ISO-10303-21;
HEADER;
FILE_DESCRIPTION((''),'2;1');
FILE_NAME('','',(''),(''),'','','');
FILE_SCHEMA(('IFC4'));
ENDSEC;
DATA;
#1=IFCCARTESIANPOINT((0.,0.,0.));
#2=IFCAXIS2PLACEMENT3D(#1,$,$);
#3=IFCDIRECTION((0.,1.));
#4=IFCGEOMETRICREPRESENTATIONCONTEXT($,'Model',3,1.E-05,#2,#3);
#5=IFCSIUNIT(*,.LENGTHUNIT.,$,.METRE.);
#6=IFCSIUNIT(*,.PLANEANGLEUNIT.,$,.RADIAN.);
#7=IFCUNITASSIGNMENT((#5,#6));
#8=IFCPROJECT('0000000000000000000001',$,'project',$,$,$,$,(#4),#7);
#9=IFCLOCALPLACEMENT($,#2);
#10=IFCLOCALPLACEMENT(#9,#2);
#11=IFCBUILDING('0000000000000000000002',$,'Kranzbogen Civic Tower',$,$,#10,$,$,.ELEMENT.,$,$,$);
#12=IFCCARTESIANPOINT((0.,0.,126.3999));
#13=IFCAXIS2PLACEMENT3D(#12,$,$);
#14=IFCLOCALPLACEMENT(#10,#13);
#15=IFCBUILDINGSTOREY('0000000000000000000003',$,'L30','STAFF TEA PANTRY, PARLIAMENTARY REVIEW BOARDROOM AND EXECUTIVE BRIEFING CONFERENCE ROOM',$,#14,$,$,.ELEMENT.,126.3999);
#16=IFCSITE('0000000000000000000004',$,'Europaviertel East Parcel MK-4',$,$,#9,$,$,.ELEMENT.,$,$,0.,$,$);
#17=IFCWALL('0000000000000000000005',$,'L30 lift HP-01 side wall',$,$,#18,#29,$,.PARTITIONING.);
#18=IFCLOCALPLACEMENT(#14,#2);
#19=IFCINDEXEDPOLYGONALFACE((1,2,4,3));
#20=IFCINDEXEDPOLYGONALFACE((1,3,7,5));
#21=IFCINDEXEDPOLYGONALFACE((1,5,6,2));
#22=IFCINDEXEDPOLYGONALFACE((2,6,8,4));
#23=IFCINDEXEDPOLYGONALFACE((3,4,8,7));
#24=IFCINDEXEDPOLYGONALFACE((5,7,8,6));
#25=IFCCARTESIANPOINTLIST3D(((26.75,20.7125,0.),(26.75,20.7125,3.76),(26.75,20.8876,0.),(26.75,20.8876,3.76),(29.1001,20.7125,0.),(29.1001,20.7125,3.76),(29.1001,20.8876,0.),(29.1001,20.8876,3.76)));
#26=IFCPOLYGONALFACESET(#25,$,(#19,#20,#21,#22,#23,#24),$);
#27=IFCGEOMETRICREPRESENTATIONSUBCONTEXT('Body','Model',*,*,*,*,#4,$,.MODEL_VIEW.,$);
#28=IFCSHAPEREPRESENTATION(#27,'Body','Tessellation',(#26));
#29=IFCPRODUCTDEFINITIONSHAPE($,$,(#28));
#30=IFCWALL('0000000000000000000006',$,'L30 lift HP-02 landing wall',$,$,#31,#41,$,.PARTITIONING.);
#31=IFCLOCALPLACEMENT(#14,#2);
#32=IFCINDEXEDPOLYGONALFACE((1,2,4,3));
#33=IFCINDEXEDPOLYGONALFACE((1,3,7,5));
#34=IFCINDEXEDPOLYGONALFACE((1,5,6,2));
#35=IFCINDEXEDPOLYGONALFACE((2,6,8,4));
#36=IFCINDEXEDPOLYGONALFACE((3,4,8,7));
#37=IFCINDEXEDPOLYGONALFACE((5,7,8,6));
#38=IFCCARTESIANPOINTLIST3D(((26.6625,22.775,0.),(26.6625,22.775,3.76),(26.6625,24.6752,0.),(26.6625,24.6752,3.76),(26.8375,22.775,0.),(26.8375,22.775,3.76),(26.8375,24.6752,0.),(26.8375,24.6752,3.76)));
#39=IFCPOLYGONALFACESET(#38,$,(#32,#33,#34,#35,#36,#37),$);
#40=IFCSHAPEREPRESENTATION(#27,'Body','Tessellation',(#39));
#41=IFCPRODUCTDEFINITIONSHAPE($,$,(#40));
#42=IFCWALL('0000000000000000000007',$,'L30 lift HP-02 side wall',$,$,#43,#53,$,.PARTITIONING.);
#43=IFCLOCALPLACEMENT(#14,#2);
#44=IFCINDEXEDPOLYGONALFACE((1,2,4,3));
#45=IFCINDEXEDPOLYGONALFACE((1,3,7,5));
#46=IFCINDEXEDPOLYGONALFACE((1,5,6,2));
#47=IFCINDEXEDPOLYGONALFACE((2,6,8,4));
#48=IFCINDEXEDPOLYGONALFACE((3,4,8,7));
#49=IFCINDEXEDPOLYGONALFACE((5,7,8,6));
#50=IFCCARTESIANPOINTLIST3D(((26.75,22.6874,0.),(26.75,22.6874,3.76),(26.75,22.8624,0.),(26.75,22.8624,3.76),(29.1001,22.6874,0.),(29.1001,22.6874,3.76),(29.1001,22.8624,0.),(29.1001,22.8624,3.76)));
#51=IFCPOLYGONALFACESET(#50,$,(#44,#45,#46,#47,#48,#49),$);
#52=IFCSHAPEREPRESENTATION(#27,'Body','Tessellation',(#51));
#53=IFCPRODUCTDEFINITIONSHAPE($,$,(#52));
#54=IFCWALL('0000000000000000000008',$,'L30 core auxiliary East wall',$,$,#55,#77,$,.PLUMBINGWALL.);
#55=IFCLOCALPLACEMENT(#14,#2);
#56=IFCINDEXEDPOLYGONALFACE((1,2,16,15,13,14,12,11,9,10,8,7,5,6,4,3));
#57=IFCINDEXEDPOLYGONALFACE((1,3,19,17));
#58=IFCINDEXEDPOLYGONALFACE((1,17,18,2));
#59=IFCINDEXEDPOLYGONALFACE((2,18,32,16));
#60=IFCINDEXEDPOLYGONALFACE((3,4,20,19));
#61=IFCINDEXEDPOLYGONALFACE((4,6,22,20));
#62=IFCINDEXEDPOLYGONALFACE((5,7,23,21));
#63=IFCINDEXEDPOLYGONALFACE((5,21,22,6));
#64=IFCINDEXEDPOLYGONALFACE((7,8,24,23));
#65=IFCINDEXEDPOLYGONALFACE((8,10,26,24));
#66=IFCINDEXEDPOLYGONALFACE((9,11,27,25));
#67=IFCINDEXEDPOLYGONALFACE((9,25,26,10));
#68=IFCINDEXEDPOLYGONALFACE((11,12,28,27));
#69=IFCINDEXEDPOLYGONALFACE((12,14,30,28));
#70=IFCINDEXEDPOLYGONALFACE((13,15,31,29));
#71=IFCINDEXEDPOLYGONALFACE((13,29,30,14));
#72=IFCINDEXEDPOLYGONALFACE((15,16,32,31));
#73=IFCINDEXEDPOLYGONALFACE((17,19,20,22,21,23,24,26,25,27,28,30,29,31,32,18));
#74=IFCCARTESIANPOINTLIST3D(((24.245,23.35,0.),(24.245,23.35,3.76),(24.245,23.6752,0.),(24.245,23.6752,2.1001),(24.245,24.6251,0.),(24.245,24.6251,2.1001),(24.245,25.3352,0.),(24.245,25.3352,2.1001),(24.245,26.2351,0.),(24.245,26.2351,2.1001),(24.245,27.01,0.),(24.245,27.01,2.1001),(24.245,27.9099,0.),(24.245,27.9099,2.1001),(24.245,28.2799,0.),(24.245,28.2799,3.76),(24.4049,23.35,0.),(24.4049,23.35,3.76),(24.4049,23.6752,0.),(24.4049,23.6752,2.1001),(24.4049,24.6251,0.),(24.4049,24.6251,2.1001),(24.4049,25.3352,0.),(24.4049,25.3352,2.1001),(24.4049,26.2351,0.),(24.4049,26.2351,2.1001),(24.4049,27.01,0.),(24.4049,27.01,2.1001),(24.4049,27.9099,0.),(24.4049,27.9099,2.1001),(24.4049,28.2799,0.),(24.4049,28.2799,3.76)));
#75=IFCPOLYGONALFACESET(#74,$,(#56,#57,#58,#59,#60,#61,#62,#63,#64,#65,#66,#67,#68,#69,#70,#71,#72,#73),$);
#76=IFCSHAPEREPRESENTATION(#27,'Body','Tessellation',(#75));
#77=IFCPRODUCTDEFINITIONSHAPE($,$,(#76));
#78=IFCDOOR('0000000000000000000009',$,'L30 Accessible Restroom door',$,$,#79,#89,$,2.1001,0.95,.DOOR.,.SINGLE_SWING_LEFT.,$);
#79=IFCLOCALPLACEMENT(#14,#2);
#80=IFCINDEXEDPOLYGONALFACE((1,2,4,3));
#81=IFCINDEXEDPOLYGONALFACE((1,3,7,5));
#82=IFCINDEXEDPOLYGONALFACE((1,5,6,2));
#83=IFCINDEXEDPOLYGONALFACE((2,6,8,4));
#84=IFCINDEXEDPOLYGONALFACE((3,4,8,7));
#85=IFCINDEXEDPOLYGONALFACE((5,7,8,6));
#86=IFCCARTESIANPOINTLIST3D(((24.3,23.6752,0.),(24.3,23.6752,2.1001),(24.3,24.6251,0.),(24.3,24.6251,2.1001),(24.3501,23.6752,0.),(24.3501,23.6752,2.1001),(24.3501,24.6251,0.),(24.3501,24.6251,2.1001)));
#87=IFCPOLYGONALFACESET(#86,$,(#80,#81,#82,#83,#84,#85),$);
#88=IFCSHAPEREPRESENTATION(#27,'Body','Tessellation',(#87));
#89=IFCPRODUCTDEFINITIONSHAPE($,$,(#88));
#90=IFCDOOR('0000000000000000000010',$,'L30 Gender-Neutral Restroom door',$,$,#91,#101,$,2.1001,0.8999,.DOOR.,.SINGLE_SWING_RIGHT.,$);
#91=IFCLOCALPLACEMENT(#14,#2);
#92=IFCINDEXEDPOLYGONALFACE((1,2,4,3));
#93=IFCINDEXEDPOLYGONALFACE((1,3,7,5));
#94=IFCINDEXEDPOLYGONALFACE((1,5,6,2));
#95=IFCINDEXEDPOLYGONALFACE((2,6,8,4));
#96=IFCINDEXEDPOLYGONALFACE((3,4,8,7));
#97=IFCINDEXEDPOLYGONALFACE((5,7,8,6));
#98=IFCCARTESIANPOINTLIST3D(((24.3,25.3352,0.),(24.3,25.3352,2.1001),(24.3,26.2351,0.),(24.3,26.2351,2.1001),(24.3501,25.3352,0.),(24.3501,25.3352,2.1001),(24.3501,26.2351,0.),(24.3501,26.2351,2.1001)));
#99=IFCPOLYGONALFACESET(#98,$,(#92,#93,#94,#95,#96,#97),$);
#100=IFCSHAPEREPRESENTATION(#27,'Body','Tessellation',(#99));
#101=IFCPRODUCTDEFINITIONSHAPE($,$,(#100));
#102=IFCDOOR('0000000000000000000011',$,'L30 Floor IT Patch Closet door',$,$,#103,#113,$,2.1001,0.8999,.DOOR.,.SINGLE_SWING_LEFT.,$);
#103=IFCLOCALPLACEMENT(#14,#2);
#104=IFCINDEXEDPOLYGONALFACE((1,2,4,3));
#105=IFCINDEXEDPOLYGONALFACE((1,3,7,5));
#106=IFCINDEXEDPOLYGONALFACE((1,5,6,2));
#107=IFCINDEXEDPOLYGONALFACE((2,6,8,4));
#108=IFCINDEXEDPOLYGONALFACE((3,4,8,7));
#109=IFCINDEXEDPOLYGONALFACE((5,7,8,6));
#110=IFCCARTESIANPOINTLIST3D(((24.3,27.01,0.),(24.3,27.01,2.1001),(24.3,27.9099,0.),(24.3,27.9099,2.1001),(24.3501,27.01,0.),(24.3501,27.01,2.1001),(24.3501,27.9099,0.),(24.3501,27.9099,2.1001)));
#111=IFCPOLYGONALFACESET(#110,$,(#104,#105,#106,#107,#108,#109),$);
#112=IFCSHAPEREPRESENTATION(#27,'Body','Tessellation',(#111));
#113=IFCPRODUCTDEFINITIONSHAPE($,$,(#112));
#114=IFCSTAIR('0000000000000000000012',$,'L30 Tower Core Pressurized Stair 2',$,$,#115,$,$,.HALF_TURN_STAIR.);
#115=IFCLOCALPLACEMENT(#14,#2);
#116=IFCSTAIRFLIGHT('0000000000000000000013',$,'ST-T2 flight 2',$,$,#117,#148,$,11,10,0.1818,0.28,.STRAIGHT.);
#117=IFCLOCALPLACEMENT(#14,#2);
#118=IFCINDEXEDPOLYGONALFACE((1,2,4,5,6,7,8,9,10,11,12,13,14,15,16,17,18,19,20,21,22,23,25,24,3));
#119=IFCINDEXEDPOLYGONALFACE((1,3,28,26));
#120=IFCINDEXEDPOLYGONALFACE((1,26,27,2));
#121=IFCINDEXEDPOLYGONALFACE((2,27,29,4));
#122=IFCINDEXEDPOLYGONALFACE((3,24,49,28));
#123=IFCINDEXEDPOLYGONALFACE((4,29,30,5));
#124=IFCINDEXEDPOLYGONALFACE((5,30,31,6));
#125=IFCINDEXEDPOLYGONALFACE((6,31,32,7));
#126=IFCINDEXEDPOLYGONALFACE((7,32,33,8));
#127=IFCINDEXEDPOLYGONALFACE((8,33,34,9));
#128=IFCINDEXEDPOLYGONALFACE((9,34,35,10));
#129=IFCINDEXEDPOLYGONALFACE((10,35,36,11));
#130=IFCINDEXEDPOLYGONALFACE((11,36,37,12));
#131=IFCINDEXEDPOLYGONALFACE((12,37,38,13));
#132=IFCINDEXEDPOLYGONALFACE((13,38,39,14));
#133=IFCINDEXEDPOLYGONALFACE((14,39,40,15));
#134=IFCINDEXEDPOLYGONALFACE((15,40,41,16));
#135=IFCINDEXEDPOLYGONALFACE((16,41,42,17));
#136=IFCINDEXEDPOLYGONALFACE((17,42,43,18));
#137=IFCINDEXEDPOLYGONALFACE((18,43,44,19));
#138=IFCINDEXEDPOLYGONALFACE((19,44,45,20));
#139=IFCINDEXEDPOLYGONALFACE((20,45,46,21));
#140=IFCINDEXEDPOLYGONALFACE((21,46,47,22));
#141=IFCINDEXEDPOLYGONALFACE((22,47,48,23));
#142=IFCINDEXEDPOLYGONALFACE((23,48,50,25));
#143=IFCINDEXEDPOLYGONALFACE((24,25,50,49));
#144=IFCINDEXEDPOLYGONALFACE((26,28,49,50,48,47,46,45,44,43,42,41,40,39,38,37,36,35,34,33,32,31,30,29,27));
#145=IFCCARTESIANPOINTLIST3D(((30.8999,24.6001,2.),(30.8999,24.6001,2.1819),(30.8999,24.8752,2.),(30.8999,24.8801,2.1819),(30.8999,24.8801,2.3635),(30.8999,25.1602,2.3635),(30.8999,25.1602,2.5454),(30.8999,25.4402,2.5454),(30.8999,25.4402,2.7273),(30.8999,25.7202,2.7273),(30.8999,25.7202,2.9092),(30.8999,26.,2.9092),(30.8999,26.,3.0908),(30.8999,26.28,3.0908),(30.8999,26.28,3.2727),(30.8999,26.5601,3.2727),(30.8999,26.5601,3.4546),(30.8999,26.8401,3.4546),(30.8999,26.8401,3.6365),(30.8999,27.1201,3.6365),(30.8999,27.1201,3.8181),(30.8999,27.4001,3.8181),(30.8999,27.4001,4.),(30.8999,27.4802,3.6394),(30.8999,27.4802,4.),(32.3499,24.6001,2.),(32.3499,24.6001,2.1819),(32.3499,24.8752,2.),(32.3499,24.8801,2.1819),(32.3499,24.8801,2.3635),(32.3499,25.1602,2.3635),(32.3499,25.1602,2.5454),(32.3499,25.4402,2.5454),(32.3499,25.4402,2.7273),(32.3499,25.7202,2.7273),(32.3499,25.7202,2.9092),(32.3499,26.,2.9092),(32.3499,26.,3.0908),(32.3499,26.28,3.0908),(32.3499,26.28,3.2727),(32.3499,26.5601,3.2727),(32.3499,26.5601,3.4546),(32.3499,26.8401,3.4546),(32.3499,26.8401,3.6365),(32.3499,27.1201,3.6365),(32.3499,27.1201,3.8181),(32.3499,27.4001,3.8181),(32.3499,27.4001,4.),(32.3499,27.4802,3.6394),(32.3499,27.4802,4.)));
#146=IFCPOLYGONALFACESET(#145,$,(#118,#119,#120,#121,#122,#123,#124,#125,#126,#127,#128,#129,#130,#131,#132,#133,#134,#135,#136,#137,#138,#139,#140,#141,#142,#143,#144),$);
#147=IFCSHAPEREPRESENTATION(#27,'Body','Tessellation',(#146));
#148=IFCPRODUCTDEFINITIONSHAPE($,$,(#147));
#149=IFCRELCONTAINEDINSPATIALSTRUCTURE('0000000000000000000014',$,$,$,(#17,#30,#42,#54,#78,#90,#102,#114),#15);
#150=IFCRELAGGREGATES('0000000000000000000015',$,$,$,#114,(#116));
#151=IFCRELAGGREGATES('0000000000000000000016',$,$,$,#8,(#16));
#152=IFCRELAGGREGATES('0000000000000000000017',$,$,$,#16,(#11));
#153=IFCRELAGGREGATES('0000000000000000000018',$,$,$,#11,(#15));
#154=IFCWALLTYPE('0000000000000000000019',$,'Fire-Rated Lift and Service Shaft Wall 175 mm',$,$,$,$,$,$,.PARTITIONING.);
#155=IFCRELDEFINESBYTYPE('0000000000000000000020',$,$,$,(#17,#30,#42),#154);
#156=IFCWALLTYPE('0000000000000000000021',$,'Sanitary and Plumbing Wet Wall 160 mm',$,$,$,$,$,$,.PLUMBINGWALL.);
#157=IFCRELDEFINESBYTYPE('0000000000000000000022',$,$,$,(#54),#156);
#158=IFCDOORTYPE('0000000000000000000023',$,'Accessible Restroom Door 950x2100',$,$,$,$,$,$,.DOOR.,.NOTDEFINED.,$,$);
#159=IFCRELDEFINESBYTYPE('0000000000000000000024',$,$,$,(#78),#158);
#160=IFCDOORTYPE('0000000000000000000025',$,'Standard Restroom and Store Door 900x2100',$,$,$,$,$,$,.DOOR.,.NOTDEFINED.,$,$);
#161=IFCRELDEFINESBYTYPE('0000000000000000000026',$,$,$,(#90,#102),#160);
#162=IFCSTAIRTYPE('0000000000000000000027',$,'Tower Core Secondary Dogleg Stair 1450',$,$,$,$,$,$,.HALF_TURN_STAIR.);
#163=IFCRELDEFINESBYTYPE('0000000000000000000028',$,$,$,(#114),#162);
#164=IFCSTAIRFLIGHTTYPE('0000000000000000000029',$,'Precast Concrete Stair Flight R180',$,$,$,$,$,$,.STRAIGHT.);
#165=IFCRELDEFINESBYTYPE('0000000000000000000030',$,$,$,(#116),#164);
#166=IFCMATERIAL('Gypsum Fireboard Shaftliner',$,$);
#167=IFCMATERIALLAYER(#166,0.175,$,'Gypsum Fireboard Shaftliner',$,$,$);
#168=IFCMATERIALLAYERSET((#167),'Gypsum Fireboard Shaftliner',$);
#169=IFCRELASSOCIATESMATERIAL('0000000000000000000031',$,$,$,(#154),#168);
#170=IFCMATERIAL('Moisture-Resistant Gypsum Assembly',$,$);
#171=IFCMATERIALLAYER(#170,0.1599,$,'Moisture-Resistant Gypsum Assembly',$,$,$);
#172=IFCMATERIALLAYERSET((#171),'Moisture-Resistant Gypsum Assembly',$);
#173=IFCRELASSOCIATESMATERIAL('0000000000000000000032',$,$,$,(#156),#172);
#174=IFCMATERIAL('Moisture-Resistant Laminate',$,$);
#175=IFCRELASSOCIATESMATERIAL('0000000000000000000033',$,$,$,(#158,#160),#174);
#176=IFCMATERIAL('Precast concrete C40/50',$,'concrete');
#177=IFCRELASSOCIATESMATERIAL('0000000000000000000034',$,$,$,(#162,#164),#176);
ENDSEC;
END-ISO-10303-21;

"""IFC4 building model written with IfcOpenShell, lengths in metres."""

from ifc_helpers import new_model, si_unit, direction, frame, frame_2d, origin, place, context, subcontext, project, spatial, polyline, rectangle, outline, extrude, material, layer, layer_set, type_object, element, fill, aggregate, save


model = new_model("IFC4")

# Units and contexts
model_context = context("Model", 3, precision=1e-05, world=origin(), true_north=direction((0.0, 1.0)))
body_context = subcontext(model_context, "Body", "Model", "MODEL_VIEW")
ifc_project = project(units=[si_unit("LENGTHUNIT", "METRE"), si_unit("PLANEANGLEUNIT", "RADIAN")], contexts=[model_context])

# Site, building, storey
site_placement = place(None, origin())
site = spatial("IfcSite", under=ifc_project, at=site_placement, Name="Europaviertel East Parcel MK-4", CompositionType="ELEMENT", RefElevation=0.0)
building_placement = place(site_placement, origin())
building = spatial("IfcBuilding", under=site, at=building_placement, Name="Kranzbogen Civic Tower", CompositionType="ELEMENT")
storey_placement = place(building_placement, frame((0.0, 0.0, 126.3999)))
storey = spatial("IfcBuildingStorey", under=building, at=storey_placement, Name="L30", Description="STAFF TEA PANTRY, PARLIAMENTARY REVIEW BOARDROOM AND EXECUTIVE BRIEFING CONFERENCE ROOM", CompositionType="ELEMENT", Elevation=126.3999)

# Walls
ifc_material_1 = material(Name="Gypsum Fireboard Shaftliner")
ifc_layer_1 = layer(ifc_material_1, 0.175, Name="Gypsum Fireboard Shaftliner")
ifc_layer_set_1 = layer_set([ifc_layer_1], Name="Gypsum Fireboard Shaftliner")
wall_type_1 = type_object("IfcWallType", Name="Fire-Rated Lift and Service Shaft Wall 175 mm", PredefinedType="PARTITIONING", material=ifc_layer_set_1)
wall_1_placement = place(storey_placement, frame((26.75, 20.8, 0.0), z_axis=(0.0, 0.0, 1.0), x_axis=(1.0, 0.0, 0.0)))
element("IfcWall", 1, at=wall_1_placement, inside=storey, type_object=wall_type_1, Name="L30 lift HP-01 side wall", PredefinedType="PARTITIONING", context=body_context, shape_type="SweptSolid", body=[
    extrude(rectangle(XDim=2.3501, YDim=0.175, at=frame_2d((1.175, 0.0))), origin(), (0.0, 0.0, 1.0), 3.76),
])
wall_2_placement = place(storey_placement, frame((26.75, 22.7749, 0.0), z_axis=(0.0, 0.0, 1.0), x_axis=(0.0, 1.0, 0.0)))
element("IfcWall", 2, at=wall_2_placement, inside=storey, type_object=wall_type_1, Name="L30 lift HP-02 landing wall", PredefinedType="PARTITIONING", context=body_context, shape_type="SweptSolid", body=[
    extrude(rectangle(XDim=1.9001, YDim=0.175, at=frame_2d((0.9502, 0.0))), origin(), (0.0, 0.0, 1.0), 3.76),
])
wall_3_placement = place(storey_placement, frame((26.75, 22.7749, 0.0), z_axis=(0.0, 0.0, 1.0), x_axis=(1.0, 0.0, 0.0)))
element("IfcWall", 3, at=wall_3_placement, inside=storey, type_object=wall_type_1, Name="L30 lift HP-02 side wall", PredefinedType="PARTITIONING", context=body_context, shape_type="SweptSolid", body=[
    extrude(rectangle(XDim=2.3501, YDim=0.175, at=frame_2d((1.175, 0.0))), origin(), (0.0, 0.0, 1.0), 3.76),
])

# Wall, openings, doors
ifc_material_2 = material(Name="Moisture-Resistant Gypsum Assembly")
ifc_layer_2 = layer(ifc_material_2, 0.1599, Name="Moisture-Resistant Gypsum Assembly")
ifc_layer_set_2 = layer_set([ifc_layer_2], Name="Moisture-Resistant Gypsum Assembly")
wall_type_2 = type_object("IfcWallType", Name="Sanitary and Plumbing Wet Wall 160 mm", PredefinedType="PLUMBINGWALL", material=ifc_layer_set_2)
wall_4_placement = place(storey_placement, frame((24.325, 23.3501, 0.0), z_axis=(0.0, 0.0, 1.0), x_axis=(0.0, 1.0, 0.0)))
wall_4 = element("IfcWall", 4, at=wall_4_placement, inside=storey, type_object=wall_type_2, Name="L30 core auxiliary East wall", PredefinedType="PLUMBINGWALL", context=body_context, shape_type="SweptSolid", body=[
    extrude(rectangle(XDim=4.9299, YDim=0.1599, at=frame_2d((2.4648, 0.0))), origin(), (0.0, 0.0, 1.0), 3.76),
])
opening_1_placement = place(wall_4_placement, frame((0.325, 0.0, 0.0)))
opening_1 = element("IfcOpeningElement", 5, at=opening_1_placement, cuts=wall_4, PredefinedType="OPENING", context=body_context, shape_type="SweptSolid", body=[
    extrude(rectangle(XDim=0.95, YDim=2.1001, at=frame_2d((0.4751, 1.05))), frame((0.0, 0.0898, 0.0), z_axis=(0.0, -1.0, 0.0), x_axis=(1.0, 0.0, 0.0)), (0.0, 0.0, 1.0), 0.1799),
])
opening_2_placement = place(wall_4_placement, frame((1.9851, 0.0, 0.0)))
opening_2 = element("IfcOpeningElement", 6, at=opening_2_placement, cuts=wall_4, PredefinedType="OPENING", context=body_context, shape_type="SweptSolid", body=[
    extrude(rectangle(XDim=0.8999, YDim=2.1001, at=frame_2d((0.45, 1.05))), frame((0.0, 0.0898, 0.0), z_axis=(0.0, -1.0, 0.0), x_axis=(1.0, 0.0, 0.0)), (0.0, 0.0, 1.0), 0.1799),
])
opening_3_placement = place(wall_4_placement, frame((3.6599, 0.0, 0.0)))
opening_3 = element("IfcOpeningElement", 7, at=opening_3_placement, cuts=wall_4, PredefinedType="OPENING", context=body_context, shape_type="SweptSolid", body=[
    extrude(rectangle(XDim=0.8999, YDim=2.1001, at=frame_2d((0.45, 1.05))), frame((0.0, 0.0898, 0.0), z_axis=(0.0, -1.0, 0.0), x_axis=(1.0, 0.0, 0.0)), (0.0, 0.0, 1.0), 0.1799),
])
ifc_material_3 = material(Name="Moisture-Resistant Laminate")
door_type_1 = type_object("IfcDoorType", Name="Accessible Restroom Door 950x2100", OperationType="NOTDEFINED", PredefinedType="DOOR", material=ifc_material_3)
door_1_placement = place(opening_1_placement, origin())
door_1 = element("IfcDoor", 8, at=door_1_placement, inside=storey, type_object=door_type_1, Name="L30 Accessible Restroom door", OperationType="SINGLE_SWING_LEFT", OverallHeight=2.1001, OverallWidth=0.95, PredefinedType="DOOR", context=body_context, shape_type="SweptSolid", body=[
    extrude(rectangle(XDim=0.95, YDim=2.1001, at=frame_2d((0.4751, 1.05))), frame((0.0, 0.0249, 0.0), z_axis=(0.0, -1.0, 0.0), x_axis=(1.0, 0.0, 0.0)), (0.0, 0.0, 1.0), 0.05),
])
fill(opening_1, door_1)
door_type_2 = type_object("IfcDoorType", Name="Standard Restroom and Store Door 900x2100", OperationType="NOTDEFINED", PredefinedType="DOOR", material=ifc_material_3)
door_2_placement = place(opening_2_placement, origin())
door_2 = element("IfcDoor", 9, at=door_2_placement, inside=storey, type_object=door_type_2, Name="L30 Gender-Neutral Restroom door", OperationType="SINGLE_SWING_RIGHT", OverallHeight=2.1001, OverallWidth=0.8999, PredefinedType="DOOR", context=body_context, shape_type="SweptSolid", body=[
    extrude(rectangle(XDim=0.8999, YDim=2.1001, at=frame_2d((0.45, 1.05))), frame((0.0, 0.0249, 0.0), z_axis=(0.0, -1.0, 0.0), x_axis=(1.0, 0.0, 0.0)), (0.0, 0.0, 1.0), 0.05),
])
fill(opening_2, door_2)
door_3_placement = place(opening_3_placement, origin())
door_3 = element("IfcDoor", 10, at=door_3_placement, inside=storey, type_object=door_type_2, Name="L30 Floor IT Patch Closet door", OperationType="SINGLE_SWING_LEFT", OverallHeight=2.1001, OverallWidth=0.8999, PredefinedType="DOOR", context=body_context, shape_type="SweptSolid", body=[
    extrude(rectangle(XDim=0.8999, YDim=2.1001, at=frame_2d((0.45, 1.05))), frame((0.0, 0.0249, 0.0), z_axis=(0.0, -1.0, 0.0), x_axis=(1.0, 0.0, 0.0)), (0.0, 0.0, 1.0), 0.05),
])
fill(opening_3, door_3)

# Stair, stair flight
ifc_material_4 = material(Name="Precast concrete C40/50", Category="concrete")
stair_type = type_object("IfcStairType", Name="Tower Core Secondary Dogleg Stair 1450", PredefinedType="HALF_TURN_STAIR", material=ifc_material_4)
stair_placement = place(storey_placement, origin())
stair = element("IfcStair", 11, at=stair_placement, inside=storey, type_object=stair_type, Name="L30 Tower Core Pressurized Stair 2", PredefinedType="HALF_TURN_STAIR")
stair_flight_type = type_object("IfcStairFlightType", Name="Precast Concrete Stair Flight R180", PredefinedType="STRAIGHT", material=ifc_material_4)
stair_flight_placement = place(storey_placement, frame((31.625, 24.6001, 2.0), z_axis=(0.0, 0.0, 1.0), x_axis=(0.0, 1.0, 0.0)))
stair_flight = element("IfcStairFlight", 12, at=stair_flight_placement, type_object=stair_flight_type, Name="ST-T2 flight 2", NumberOfRisers=11, NumberOfTreads=10, PredefinedType="STRAIGHT", RiserHeight=0.1818, TreadLength=0.28, context=body_context, shape_type="SweptSolid", body=[
    extrude(outline(polyline([(0.0, 0.0), (0.0, 0.1819), (0.28, 0.1819), (0.28, 0.3635), (0.5601, 0.3635), (0.5601, 0.5454), (0.8401, 0.5454), (0.8401, 0.7273), (1.1201, 0.7273), (1.1201, 0.9092), (1.3999, 0.9092), (1.3999, 1.0908), (1.6799, 1.0908), (1.6799, 1.2727), (1.96, 1.2727), (1.96, 1.4546), (2.24, 1.4546), (2.24, 1.6365), (2.52, 1.6365), (2.52, 1.8181), (2.8, 1.8181), (2.8, 2.0), (2.8801, 2.0), (2.8801, 1.6394), (0.2751, 0.0), (0.0, 0.0)])), frame((0.0, 0.7251, 0.0), z_axis=(0.0, -1.0, 0.0), x_axis=(1.0, 0.0, 0.0)), (0.0, 0.0, 1.0), 1.45),
])
aggregate(stair, [stair_flight])

save(model, "model.ifc")
